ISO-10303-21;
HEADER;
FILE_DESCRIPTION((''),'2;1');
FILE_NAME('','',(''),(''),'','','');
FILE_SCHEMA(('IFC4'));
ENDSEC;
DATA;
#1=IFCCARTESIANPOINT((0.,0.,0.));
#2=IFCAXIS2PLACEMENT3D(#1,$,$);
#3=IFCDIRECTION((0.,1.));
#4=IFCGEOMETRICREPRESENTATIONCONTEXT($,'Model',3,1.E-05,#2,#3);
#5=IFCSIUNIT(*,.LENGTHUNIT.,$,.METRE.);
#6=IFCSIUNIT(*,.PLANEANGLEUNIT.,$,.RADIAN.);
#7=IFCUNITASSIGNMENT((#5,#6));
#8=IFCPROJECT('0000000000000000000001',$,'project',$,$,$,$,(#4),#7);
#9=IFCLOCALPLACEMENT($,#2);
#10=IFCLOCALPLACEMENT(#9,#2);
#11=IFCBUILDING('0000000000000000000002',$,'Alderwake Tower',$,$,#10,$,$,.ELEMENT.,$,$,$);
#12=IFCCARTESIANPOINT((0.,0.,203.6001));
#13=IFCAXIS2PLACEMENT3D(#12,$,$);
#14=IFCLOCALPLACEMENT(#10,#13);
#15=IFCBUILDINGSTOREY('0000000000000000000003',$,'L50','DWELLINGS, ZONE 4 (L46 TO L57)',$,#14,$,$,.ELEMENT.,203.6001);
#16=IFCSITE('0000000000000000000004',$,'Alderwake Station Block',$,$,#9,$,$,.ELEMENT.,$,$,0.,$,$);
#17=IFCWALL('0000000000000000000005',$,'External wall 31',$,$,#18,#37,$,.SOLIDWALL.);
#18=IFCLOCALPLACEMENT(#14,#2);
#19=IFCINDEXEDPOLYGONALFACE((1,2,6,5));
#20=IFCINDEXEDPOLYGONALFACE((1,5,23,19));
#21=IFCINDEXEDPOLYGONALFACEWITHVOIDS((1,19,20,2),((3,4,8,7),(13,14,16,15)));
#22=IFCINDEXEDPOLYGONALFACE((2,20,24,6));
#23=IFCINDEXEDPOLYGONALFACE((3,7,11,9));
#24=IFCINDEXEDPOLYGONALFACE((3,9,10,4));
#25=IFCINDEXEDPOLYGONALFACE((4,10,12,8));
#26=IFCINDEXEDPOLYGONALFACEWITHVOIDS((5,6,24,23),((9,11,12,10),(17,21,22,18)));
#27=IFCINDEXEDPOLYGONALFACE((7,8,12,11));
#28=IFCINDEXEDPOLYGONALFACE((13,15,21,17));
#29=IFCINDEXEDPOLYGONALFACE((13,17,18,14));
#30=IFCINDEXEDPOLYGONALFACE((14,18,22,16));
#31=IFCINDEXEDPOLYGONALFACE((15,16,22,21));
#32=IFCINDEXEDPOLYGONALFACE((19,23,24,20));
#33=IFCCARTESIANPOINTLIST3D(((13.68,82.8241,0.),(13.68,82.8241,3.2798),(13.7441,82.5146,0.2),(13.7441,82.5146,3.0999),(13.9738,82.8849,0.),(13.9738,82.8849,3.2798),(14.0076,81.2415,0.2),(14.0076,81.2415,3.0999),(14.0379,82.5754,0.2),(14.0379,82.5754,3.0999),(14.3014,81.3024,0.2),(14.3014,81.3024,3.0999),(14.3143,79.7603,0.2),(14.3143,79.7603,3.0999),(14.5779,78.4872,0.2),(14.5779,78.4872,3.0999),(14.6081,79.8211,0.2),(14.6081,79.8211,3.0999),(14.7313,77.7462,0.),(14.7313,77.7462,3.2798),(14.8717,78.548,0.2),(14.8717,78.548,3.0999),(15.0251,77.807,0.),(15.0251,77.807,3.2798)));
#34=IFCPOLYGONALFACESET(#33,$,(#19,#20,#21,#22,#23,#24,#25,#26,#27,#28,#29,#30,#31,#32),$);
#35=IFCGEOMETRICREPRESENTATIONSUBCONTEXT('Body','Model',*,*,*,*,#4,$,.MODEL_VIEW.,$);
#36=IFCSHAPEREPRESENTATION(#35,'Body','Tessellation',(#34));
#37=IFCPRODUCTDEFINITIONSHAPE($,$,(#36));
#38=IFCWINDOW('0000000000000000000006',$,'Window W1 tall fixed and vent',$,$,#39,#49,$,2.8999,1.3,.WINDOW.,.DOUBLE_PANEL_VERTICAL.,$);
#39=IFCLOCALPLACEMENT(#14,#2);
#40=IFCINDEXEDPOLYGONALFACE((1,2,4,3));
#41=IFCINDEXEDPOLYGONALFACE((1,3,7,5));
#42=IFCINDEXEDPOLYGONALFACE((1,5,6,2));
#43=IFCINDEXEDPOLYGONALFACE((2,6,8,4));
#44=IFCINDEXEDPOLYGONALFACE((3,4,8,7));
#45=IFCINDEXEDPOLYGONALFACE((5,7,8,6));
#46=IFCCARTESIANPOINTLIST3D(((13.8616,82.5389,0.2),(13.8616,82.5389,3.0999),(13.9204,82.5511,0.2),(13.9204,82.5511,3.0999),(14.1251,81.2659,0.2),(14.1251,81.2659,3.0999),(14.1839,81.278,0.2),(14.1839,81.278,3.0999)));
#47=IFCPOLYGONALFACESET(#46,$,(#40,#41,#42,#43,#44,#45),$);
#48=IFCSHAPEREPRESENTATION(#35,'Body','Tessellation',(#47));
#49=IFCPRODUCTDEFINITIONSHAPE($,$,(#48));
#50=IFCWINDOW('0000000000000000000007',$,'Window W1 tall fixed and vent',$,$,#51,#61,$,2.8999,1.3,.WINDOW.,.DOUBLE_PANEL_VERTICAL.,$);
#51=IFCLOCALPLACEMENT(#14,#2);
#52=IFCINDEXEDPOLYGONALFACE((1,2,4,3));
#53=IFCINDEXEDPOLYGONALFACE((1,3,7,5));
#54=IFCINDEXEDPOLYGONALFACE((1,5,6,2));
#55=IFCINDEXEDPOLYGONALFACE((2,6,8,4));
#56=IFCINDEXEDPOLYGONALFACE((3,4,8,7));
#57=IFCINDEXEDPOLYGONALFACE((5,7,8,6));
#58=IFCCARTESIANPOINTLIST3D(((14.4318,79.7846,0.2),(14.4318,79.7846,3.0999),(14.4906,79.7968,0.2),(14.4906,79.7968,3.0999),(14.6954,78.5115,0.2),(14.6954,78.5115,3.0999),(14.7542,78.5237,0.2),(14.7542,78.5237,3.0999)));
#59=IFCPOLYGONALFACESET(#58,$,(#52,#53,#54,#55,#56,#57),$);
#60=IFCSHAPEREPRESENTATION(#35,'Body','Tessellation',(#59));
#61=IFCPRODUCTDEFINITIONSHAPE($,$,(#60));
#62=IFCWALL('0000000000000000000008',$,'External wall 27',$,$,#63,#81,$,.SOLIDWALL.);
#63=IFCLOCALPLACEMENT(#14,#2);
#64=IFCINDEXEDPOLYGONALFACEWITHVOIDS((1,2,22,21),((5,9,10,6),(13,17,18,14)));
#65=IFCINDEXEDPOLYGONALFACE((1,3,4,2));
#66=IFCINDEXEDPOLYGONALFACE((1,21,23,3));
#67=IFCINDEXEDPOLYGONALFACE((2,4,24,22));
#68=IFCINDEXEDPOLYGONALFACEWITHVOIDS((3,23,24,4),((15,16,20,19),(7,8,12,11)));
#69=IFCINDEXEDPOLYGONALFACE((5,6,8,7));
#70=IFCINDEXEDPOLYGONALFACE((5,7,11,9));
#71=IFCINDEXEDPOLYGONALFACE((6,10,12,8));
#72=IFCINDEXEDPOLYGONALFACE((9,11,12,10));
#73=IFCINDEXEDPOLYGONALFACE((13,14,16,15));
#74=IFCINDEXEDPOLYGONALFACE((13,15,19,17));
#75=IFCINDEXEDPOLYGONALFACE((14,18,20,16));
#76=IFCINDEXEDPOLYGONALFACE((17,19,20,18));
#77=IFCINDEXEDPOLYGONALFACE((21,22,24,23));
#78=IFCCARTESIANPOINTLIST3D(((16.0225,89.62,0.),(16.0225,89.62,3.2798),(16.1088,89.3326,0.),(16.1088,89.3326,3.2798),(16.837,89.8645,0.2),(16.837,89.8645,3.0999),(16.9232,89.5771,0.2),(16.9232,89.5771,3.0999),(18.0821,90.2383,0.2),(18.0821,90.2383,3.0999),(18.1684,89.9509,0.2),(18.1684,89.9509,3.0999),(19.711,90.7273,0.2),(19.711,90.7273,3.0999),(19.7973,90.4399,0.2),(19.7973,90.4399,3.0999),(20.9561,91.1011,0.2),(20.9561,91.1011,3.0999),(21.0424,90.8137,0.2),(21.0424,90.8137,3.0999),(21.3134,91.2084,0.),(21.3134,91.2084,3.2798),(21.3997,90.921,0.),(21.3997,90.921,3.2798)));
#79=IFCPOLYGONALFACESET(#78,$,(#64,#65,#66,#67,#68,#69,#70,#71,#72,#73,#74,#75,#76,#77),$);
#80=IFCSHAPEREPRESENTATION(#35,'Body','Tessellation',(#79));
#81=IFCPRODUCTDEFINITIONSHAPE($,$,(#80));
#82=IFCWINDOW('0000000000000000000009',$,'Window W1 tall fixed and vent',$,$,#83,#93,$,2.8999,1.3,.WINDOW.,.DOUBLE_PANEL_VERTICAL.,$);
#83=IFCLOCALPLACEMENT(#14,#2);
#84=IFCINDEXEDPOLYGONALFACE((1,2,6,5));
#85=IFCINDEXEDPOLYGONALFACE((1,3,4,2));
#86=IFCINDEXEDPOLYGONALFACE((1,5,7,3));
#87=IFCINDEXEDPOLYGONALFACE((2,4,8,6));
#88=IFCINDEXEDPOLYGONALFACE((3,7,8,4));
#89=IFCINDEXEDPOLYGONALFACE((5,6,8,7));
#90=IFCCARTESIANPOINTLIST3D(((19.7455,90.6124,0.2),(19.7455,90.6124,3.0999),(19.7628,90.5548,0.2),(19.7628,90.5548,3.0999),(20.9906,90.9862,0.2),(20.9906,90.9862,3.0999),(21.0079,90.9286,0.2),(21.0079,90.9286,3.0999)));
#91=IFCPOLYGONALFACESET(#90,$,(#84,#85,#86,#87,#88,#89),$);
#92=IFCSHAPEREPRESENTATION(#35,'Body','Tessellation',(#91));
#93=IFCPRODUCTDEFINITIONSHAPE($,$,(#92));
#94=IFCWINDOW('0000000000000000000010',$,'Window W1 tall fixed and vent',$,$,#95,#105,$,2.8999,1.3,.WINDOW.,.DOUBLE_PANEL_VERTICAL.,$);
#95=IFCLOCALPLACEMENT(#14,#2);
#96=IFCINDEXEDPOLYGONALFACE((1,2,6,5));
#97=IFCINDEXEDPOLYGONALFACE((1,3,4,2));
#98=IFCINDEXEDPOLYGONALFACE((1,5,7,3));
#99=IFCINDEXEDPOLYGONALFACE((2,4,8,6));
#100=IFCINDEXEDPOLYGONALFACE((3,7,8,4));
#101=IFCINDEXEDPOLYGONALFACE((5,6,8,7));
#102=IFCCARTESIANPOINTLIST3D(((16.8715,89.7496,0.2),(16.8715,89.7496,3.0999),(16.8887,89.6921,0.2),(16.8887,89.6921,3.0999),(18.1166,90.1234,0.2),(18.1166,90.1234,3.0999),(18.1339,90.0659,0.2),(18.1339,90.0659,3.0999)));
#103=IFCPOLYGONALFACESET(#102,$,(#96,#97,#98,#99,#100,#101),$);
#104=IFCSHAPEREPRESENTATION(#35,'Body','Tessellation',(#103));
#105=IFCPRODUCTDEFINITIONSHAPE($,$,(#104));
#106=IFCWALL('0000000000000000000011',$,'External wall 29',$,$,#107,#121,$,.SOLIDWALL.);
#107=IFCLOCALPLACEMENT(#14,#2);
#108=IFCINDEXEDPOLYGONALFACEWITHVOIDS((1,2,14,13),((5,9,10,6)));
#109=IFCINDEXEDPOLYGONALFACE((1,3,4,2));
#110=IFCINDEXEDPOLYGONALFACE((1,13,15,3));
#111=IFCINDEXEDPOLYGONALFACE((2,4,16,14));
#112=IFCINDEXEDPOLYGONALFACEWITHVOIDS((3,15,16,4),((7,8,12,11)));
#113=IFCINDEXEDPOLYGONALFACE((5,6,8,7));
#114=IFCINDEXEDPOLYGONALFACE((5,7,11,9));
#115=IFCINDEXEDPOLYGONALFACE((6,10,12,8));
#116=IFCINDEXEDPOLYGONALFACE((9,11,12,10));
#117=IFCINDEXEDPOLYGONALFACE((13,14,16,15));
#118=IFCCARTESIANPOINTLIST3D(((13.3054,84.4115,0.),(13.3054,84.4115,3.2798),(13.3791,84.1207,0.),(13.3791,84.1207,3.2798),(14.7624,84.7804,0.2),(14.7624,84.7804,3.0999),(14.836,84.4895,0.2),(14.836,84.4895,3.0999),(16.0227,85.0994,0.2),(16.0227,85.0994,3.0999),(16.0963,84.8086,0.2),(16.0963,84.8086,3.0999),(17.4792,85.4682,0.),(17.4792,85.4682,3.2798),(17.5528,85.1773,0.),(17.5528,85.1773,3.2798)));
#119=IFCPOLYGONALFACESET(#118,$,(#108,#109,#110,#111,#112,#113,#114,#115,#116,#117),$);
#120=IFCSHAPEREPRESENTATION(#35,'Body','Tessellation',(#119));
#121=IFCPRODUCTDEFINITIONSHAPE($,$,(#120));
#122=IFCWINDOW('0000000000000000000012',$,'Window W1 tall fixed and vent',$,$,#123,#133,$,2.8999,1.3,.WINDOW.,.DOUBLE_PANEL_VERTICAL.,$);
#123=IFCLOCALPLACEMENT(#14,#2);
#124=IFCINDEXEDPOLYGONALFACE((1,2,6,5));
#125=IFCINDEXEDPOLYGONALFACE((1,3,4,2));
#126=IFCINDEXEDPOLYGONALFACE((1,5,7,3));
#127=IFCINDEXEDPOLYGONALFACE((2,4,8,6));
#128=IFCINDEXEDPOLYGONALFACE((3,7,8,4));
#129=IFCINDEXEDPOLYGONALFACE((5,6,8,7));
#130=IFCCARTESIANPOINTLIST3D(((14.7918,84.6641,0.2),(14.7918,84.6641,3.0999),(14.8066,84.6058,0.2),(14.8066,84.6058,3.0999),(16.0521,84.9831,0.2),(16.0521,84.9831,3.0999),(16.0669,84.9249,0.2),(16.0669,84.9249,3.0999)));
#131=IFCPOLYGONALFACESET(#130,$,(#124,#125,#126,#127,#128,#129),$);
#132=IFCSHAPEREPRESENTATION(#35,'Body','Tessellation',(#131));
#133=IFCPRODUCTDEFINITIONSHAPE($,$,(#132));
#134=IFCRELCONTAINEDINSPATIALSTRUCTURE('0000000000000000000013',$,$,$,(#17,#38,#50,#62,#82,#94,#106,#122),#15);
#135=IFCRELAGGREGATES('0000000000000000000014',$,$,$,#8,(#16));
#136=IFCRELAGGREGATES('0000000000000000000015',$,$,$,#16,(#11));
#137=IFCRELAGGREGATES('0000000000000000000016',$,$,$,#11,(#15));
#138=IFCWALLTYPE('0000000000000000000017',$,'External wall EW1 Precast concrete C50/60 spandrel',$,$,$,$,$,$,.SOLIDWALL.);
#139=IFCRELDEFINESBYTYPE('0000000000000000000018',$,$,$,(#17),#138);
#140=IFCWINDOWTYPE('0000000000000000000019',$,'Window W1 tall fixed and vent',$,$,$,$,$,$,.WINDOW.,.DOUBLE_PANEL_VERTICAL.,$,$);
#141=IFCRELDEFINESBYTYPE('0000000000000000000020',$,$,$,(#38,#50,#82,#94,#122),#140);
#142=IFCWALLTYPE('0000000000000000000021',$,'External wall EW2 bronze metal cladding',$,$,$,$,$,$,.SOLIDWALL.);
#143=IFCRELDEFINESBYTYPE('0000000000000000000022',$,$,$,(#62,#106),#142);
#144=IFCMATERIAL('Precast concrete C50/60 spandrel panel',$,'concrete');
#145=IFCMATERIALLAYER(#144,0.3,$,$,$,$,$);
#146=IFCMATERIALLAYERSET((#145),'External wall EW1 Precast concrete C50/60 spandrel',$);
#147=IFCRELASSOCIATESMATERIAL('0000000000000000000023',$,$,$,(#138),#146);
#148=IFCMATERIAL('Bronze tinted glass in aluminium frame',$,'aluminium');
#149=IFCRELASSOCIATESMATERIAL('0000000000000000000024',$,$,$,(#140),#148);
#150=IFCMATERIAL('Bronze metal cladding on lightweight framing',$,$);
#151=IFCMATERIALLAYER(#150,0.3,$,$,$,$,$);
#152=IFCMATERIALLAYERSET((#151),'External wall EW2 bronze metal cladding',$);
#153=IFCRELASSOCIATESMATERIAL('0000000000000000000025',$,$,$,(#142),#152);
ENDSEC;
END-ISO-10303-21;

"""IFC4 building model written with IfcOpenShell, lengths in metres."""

from ifc_helpers import new_model, si_unit, direction, frame, frame_2d, origin, place, context, subcontext, project, spatial, rectangle, extrude, material, layer, layer_set, type_object, element, fill, save


model = new_model("IFC4")

# Units and contexts
model_context = context("Model", 3, precision=1e-05, world=origin(), true_north=direction((0.0, 1.0)))
body_context = subcontext(model_context, "Body", "Model", "MODEL_VIEW")
ifc_project = project(units=[si_unit("LENGTHUNIT", "METRE"), si_unit("PLANEANGLEUNIT", "RADIAN")], contexts=[model_context])

# Site, building, storey
site_placement = place(None, origin())
site = spatial("IfcSite", under=ifc_project, at=site_placement, Name="Alderwake Station Block", CompositionType="ELEMENT", RefElevation=0.0)
building_placement = place(site_placement, origin())
building = spatial("IfcBuilding", under=site, at=building_placement, Name="Alderwake Tower", CompositionType="ELEMENT")
storey_placement = place(building_placement, frame((0.0, 0.0, 203.6001)))
storey = spatial("IfcBuildingStorey", under=building, at=storey_placement, Name="L50", Description="DWELLINGS, ZONE 4 (L46 TO L57)", CompositionType="ELEMENT", Elevation=203.6001)

# Shared definitions
ifc_material_1 = material(Name="Precast concrete C50/60 spandrel panel", Category="concrete")
ifc_layer_1 = layer(ifc_material_1, 0.3)
ifc_layer_set_1 = layer_set([ifc_layer_1], Name="External wall EW1 Precast concrete C50/60 spandrel")
wall_type_1 = type_object("IfcWallType", Name="External wall EW1 Precast concrete C50/60 spandrel", PredefinedType="SOLIDWALL", material=ifc_layer_set_1)

# Walls, openings, windows
wall_1_placement = place(storey_placement, frame((13.8269, 82.8545, 0.0), z_axis=(0.0, 0.0, 1.0), x_axis=(0.20273, -0.979235, 0.0)))
wall_1 = element("IfcWall", 1, at=wall_1_placement, inside=storey, type_object=wall_type_1, Name="External wall 31", PredefinedType="SOLIDWALL", context=body_context, shape_type="SweptSolid", body=[
    extrude(rectangle(XDim=5.1855, YDim=0.3, at=frame_2d((2.5928, 0.0))), origin(), (0.0, 0.0, 1.0), 3.2798),
])
opening_1_placement = place(wall_1_placement, frame((0.3162, 0.0, 0.2)))
opening_1 = element("IfcOpeningElement", 2, at=opening_1_placement, cuts=wall_1, PredefinedType="OPENING", context=body_context, shape_type="SweptSolid", body=[
    extrude(rectangle(XDim=1.3, YDim=2.8999, at=frame_2d((0.6499, 1.45))), frame((0.0, 0.1599, 0.0), z_axis=(0.0, -1.0, 0.0), x_axis=(1.0, 0.0, 0.0)), (0.0, 0.0, 1.0), 0.3201),
])
opening_2_placement = place(wall_1_placement, frame((3.1289, 0.0, 0.2)))
opening_2 = element("IfcOpeningElement", 3, at=opening_2_placement, cuts=wall_1, PredefinedType="OPENING", context=body_context, shape_type="SweptSolid", body=[
    extrude(rectangle(XDim=1.3, YDim=2.8999, at=frame_2d((0.6499, 1.45))), frame((0.0, 0.1599, 0.0), z_axis=(0.0, -1.0, 0.0), x_axis=(1.0, 0.0, 0.0)), (0.0, 0.0, 1.0), 0.3201),
])
ifc_material_2 = material(Name="Bronze tinted glass in aluminium frame", Category="aluminium")
window_type = type_object("IfcWindowType", Name="Window W1 tall fixed and vent", PartitioningType="DOUBLE_PANEL_VERTICAL", PredefinedType="WINDOW", material=ifc_material_2)
window_1_placement = place(opening_1_placement, origin())
window_1 = element("IfcWindow", 4, at=window_1_placement, inside=storey, type_object=window_type, Name="Window W1 tall fixed and vent", OverallHeight=2.8999, OverallWidth=1.3, PartitioningType="DOUBLE_PANEL_VERTICAL", PredefinedType="WINDOW", context=body_context, shape_type="SweptSolid", body=[
    extrude(rectangle(XDim=1.3, YDim=2.8999, at=frame_2d((0.6499, 1.45))), frame((0.0, 0.03, 0.0), z_axis=(0.0, -1.0, 0.0), x_axis=(1.0, 0.0, 0.0)), (0.0, 0.0, 1.0), 0.0601),
])
fill(opening_1, window_1)
window_2_placement = place(opening_2_placement, origin())
window_2 = element("IfcWindow", 5, at=window_2_placement, inside=storey, type_object=window_type, Name="Window W1 tall fixed and vent", OverallHeight=2.8999, OverallWidth=1.3, PartitioningType="DOUBLE_PANEL_VERTICAL", PredefinedType="WINDOW", context=body_context, shape_type="SweptSolid", body=[
    extrude(rectangle(XDim=1.3, YDim=2.8999, at=frame_2d((0.6499, 1.45))), frame((0.0, 0.03, 0.0), z_axis=(0.0, -1.0, 0.0), x_axis=(1.0, 0.0, 0.0)), (0.0, 0.0, 1.0), 0.0601),
])
fill(opening_2, window_2)
ifc_material_3 = material(Name="Bronze metal cladding on lightweight framing")
ifc_layer_2 = layer(ifc_material_3, 0.3)
ifc_layer_set_2 = layer_set([ifc_layer_2], Name="External wall EW2 bronze metal cladding")
wall_type_2 = type_object("IfcWallType", Name="External wall EW2 bronze metal cladding", PredefinedType="SOLIDWALL", material=ifc_layer_set_2)
wall_2_placement = place(storey_placement, frame((21.3567, 91.0647, 0.0), z_axis=(0.0, 0.0, 1.0), x_axis=(-0.957773, -0.287526, 0.0)))
wall_2 = element("IfcWall", 6, at=wall_2_placement, inside=storey, type_object=wall_type_2, Name="External wall 27", PredefinedType="SOLIDWALL", context=body_context, shape_type="SweptSolid", body=[
    extrude(rectangle(XDim=5.5242, YDim=0.3, at=frame_2d((2.7622, 0.0))), origin(), (0.0, 0.0, 1.0), 3.2798),
])
opening_3_placement = place(wall_2_placement, frame((0.3733, 0.0, 0.2)))
opening_3 = element("IfcOpeningElement", 7, at=opening_3_placement, cuts=wall_2, PredefinedType="OPENING", context=body_context, shape_type="SweptSolid", body=[
    extrude(rectangle(XDim=1.3, YDim=2.8999, at=frame_2d((0.6499, 1.45))), frame((0.0, 0.1599, 0.0), z_axis=(0.0, -1.0, 0.0), x_axis=(1.0, 0.0, 0.0)), (0.0, 0.0, 1.0), 0.3201),
])
opening_4_placement = place(wall_2_placement, frame((3.374, 0.0, 0.2)))
opening_4 = element("IfcOpeningElement", 8, at=opening_4_placement, cuts=wall_2, PredefinedType="OPENING", context=body_context, shape_type="SweptSolid", body=[
    extrude(rectangle(XDim=1.3, YDim=2.8999, at=frame_2d((0.6499, 1.45))), frame((0.0, 0.1599, 0.0), z_axis=(0.0, -1.0, 0.0), x_axis=(1.0, 0.0, 0.0)), (0.0, 0.0, 1.0), 0.3201),
])
window_3_placement = place(opening_3_placement, origin())
window_3 = element("IfcWindow", 9, at=window_3_placement, inside=storey, type_object=window_type, Name="Window W1 tall fixed and vent", OverallHeight=2.8999, OverallWidth=1.3, PartitioningType="DOUBLE_PANEL_VERTICAL", PredefinedType="WINDOW", context=body_context, shape_type="SweptSolid", body=[
    extrude(rectangle(XDim=1.3, YDim=2.8999, at=frame_2d((0.6499, 1.45))), frame((0.0, 0.03, 0.0), z_axis=(0.0, -1.0, 0.0), x_axis=(1.0, 0.0, 0.0)), (0.0, 0.0, 1.0), 0.0601),
])
fill(opening_3, window_3)
window_4_placement = place(opening_4_placement, origin())
window_4 = element("IfcWindow", 10, at=window_4_placement, inside=storey, type_object=window_type, Name="Window W1 tall fixed and vent", OverallHeight=2.8999, OverallWidth=1.3, PartitioningType="DOUBLE_PANEL_VERTICAL", PredefinedType="WINDOW", context=body_context, shape_type="SweptSolid", body=[
    extrude(rectangle(XDim=1.3, YDim=2.8999, at=frame_2d((0.6499, 1.45))), frame((0.0, 0.03, 0.0), z_axis=(0.0, -1.0, 0.0), x_axis=(1.0, 0.0, 0.0)), (0.0, 0.0, 1.0), 0.0601),
])
fill(opening_4, window_4)

# Wall, opening, window
wall_3_placement = place(storey_placement, frame((17.5161, 85.3228, 0.0), z_axis=(0.0, 0.0, 1.0), x_axis=(-0.969418, -0.245416, 0.0)))
wall_3 = element("IfcWall", 11, at=wall_3_placement, inside=storey, type_object=wall_type_2, Name="External wall 29", PredefinedType="SOLIDWALL", context=body_context, shape_type="SweptSolid", body=[
    extrude(rectangle(XDim=4.3054, YDim=0.3, at=frame_2d((2.1528, 0.0))), origin(), (0.0, 0.0, 1.0), 3.2798),
])
opening_5_placement = place(wall_3_placement, frame((1.5027, 0.0, 0.2)))
opening_5 = element("IfcOpeningElement", 12, at=opening_5_placement, cuts=wall_3, PredefinedType="OPENING", context=body_context, shape_type="SweptSolid", body=[
    extrude(rectangle(XDim=1.3, YDim=2.8999, at=frame_2d((0.6499, 1.45))), frame((0.0, 0.1599, 0.0), z_axis=(0.0, -1.0, 0.0), x_axis=(1.0, 0.0, 0.0)), (0.0, 0.0, 1.0), 0.3201),
])
window_5_placement = place(opening_5_placement, origin())
window_5 = element("IfcWindow", 13, at=window_5_placement, inside=storey, type_object=window_type, Name="Window W1 tall fixed and vent", OverallHeight=2.8999, OverallWidth=1.3, PartitioningType="DOUBLE_PANEL_VERTICAL", PredefinedType="WINDOW", context=body_context, shape_type="SweptSolid", body=[
    extrude(rectangle(XDim=1.3, YDim=2.8999, at=frame_2d((0.6499, 1.45))), frame((0.0, 0.03, 0.0), z_axis=(0.0, -1.0, 0.0), x_axis=(1.0, 0.0, 0.0)), (0.0, 0.0, 1.0), 0.0601),
])
fill(opening_5, window_5)

save(model, "model.ifc")
